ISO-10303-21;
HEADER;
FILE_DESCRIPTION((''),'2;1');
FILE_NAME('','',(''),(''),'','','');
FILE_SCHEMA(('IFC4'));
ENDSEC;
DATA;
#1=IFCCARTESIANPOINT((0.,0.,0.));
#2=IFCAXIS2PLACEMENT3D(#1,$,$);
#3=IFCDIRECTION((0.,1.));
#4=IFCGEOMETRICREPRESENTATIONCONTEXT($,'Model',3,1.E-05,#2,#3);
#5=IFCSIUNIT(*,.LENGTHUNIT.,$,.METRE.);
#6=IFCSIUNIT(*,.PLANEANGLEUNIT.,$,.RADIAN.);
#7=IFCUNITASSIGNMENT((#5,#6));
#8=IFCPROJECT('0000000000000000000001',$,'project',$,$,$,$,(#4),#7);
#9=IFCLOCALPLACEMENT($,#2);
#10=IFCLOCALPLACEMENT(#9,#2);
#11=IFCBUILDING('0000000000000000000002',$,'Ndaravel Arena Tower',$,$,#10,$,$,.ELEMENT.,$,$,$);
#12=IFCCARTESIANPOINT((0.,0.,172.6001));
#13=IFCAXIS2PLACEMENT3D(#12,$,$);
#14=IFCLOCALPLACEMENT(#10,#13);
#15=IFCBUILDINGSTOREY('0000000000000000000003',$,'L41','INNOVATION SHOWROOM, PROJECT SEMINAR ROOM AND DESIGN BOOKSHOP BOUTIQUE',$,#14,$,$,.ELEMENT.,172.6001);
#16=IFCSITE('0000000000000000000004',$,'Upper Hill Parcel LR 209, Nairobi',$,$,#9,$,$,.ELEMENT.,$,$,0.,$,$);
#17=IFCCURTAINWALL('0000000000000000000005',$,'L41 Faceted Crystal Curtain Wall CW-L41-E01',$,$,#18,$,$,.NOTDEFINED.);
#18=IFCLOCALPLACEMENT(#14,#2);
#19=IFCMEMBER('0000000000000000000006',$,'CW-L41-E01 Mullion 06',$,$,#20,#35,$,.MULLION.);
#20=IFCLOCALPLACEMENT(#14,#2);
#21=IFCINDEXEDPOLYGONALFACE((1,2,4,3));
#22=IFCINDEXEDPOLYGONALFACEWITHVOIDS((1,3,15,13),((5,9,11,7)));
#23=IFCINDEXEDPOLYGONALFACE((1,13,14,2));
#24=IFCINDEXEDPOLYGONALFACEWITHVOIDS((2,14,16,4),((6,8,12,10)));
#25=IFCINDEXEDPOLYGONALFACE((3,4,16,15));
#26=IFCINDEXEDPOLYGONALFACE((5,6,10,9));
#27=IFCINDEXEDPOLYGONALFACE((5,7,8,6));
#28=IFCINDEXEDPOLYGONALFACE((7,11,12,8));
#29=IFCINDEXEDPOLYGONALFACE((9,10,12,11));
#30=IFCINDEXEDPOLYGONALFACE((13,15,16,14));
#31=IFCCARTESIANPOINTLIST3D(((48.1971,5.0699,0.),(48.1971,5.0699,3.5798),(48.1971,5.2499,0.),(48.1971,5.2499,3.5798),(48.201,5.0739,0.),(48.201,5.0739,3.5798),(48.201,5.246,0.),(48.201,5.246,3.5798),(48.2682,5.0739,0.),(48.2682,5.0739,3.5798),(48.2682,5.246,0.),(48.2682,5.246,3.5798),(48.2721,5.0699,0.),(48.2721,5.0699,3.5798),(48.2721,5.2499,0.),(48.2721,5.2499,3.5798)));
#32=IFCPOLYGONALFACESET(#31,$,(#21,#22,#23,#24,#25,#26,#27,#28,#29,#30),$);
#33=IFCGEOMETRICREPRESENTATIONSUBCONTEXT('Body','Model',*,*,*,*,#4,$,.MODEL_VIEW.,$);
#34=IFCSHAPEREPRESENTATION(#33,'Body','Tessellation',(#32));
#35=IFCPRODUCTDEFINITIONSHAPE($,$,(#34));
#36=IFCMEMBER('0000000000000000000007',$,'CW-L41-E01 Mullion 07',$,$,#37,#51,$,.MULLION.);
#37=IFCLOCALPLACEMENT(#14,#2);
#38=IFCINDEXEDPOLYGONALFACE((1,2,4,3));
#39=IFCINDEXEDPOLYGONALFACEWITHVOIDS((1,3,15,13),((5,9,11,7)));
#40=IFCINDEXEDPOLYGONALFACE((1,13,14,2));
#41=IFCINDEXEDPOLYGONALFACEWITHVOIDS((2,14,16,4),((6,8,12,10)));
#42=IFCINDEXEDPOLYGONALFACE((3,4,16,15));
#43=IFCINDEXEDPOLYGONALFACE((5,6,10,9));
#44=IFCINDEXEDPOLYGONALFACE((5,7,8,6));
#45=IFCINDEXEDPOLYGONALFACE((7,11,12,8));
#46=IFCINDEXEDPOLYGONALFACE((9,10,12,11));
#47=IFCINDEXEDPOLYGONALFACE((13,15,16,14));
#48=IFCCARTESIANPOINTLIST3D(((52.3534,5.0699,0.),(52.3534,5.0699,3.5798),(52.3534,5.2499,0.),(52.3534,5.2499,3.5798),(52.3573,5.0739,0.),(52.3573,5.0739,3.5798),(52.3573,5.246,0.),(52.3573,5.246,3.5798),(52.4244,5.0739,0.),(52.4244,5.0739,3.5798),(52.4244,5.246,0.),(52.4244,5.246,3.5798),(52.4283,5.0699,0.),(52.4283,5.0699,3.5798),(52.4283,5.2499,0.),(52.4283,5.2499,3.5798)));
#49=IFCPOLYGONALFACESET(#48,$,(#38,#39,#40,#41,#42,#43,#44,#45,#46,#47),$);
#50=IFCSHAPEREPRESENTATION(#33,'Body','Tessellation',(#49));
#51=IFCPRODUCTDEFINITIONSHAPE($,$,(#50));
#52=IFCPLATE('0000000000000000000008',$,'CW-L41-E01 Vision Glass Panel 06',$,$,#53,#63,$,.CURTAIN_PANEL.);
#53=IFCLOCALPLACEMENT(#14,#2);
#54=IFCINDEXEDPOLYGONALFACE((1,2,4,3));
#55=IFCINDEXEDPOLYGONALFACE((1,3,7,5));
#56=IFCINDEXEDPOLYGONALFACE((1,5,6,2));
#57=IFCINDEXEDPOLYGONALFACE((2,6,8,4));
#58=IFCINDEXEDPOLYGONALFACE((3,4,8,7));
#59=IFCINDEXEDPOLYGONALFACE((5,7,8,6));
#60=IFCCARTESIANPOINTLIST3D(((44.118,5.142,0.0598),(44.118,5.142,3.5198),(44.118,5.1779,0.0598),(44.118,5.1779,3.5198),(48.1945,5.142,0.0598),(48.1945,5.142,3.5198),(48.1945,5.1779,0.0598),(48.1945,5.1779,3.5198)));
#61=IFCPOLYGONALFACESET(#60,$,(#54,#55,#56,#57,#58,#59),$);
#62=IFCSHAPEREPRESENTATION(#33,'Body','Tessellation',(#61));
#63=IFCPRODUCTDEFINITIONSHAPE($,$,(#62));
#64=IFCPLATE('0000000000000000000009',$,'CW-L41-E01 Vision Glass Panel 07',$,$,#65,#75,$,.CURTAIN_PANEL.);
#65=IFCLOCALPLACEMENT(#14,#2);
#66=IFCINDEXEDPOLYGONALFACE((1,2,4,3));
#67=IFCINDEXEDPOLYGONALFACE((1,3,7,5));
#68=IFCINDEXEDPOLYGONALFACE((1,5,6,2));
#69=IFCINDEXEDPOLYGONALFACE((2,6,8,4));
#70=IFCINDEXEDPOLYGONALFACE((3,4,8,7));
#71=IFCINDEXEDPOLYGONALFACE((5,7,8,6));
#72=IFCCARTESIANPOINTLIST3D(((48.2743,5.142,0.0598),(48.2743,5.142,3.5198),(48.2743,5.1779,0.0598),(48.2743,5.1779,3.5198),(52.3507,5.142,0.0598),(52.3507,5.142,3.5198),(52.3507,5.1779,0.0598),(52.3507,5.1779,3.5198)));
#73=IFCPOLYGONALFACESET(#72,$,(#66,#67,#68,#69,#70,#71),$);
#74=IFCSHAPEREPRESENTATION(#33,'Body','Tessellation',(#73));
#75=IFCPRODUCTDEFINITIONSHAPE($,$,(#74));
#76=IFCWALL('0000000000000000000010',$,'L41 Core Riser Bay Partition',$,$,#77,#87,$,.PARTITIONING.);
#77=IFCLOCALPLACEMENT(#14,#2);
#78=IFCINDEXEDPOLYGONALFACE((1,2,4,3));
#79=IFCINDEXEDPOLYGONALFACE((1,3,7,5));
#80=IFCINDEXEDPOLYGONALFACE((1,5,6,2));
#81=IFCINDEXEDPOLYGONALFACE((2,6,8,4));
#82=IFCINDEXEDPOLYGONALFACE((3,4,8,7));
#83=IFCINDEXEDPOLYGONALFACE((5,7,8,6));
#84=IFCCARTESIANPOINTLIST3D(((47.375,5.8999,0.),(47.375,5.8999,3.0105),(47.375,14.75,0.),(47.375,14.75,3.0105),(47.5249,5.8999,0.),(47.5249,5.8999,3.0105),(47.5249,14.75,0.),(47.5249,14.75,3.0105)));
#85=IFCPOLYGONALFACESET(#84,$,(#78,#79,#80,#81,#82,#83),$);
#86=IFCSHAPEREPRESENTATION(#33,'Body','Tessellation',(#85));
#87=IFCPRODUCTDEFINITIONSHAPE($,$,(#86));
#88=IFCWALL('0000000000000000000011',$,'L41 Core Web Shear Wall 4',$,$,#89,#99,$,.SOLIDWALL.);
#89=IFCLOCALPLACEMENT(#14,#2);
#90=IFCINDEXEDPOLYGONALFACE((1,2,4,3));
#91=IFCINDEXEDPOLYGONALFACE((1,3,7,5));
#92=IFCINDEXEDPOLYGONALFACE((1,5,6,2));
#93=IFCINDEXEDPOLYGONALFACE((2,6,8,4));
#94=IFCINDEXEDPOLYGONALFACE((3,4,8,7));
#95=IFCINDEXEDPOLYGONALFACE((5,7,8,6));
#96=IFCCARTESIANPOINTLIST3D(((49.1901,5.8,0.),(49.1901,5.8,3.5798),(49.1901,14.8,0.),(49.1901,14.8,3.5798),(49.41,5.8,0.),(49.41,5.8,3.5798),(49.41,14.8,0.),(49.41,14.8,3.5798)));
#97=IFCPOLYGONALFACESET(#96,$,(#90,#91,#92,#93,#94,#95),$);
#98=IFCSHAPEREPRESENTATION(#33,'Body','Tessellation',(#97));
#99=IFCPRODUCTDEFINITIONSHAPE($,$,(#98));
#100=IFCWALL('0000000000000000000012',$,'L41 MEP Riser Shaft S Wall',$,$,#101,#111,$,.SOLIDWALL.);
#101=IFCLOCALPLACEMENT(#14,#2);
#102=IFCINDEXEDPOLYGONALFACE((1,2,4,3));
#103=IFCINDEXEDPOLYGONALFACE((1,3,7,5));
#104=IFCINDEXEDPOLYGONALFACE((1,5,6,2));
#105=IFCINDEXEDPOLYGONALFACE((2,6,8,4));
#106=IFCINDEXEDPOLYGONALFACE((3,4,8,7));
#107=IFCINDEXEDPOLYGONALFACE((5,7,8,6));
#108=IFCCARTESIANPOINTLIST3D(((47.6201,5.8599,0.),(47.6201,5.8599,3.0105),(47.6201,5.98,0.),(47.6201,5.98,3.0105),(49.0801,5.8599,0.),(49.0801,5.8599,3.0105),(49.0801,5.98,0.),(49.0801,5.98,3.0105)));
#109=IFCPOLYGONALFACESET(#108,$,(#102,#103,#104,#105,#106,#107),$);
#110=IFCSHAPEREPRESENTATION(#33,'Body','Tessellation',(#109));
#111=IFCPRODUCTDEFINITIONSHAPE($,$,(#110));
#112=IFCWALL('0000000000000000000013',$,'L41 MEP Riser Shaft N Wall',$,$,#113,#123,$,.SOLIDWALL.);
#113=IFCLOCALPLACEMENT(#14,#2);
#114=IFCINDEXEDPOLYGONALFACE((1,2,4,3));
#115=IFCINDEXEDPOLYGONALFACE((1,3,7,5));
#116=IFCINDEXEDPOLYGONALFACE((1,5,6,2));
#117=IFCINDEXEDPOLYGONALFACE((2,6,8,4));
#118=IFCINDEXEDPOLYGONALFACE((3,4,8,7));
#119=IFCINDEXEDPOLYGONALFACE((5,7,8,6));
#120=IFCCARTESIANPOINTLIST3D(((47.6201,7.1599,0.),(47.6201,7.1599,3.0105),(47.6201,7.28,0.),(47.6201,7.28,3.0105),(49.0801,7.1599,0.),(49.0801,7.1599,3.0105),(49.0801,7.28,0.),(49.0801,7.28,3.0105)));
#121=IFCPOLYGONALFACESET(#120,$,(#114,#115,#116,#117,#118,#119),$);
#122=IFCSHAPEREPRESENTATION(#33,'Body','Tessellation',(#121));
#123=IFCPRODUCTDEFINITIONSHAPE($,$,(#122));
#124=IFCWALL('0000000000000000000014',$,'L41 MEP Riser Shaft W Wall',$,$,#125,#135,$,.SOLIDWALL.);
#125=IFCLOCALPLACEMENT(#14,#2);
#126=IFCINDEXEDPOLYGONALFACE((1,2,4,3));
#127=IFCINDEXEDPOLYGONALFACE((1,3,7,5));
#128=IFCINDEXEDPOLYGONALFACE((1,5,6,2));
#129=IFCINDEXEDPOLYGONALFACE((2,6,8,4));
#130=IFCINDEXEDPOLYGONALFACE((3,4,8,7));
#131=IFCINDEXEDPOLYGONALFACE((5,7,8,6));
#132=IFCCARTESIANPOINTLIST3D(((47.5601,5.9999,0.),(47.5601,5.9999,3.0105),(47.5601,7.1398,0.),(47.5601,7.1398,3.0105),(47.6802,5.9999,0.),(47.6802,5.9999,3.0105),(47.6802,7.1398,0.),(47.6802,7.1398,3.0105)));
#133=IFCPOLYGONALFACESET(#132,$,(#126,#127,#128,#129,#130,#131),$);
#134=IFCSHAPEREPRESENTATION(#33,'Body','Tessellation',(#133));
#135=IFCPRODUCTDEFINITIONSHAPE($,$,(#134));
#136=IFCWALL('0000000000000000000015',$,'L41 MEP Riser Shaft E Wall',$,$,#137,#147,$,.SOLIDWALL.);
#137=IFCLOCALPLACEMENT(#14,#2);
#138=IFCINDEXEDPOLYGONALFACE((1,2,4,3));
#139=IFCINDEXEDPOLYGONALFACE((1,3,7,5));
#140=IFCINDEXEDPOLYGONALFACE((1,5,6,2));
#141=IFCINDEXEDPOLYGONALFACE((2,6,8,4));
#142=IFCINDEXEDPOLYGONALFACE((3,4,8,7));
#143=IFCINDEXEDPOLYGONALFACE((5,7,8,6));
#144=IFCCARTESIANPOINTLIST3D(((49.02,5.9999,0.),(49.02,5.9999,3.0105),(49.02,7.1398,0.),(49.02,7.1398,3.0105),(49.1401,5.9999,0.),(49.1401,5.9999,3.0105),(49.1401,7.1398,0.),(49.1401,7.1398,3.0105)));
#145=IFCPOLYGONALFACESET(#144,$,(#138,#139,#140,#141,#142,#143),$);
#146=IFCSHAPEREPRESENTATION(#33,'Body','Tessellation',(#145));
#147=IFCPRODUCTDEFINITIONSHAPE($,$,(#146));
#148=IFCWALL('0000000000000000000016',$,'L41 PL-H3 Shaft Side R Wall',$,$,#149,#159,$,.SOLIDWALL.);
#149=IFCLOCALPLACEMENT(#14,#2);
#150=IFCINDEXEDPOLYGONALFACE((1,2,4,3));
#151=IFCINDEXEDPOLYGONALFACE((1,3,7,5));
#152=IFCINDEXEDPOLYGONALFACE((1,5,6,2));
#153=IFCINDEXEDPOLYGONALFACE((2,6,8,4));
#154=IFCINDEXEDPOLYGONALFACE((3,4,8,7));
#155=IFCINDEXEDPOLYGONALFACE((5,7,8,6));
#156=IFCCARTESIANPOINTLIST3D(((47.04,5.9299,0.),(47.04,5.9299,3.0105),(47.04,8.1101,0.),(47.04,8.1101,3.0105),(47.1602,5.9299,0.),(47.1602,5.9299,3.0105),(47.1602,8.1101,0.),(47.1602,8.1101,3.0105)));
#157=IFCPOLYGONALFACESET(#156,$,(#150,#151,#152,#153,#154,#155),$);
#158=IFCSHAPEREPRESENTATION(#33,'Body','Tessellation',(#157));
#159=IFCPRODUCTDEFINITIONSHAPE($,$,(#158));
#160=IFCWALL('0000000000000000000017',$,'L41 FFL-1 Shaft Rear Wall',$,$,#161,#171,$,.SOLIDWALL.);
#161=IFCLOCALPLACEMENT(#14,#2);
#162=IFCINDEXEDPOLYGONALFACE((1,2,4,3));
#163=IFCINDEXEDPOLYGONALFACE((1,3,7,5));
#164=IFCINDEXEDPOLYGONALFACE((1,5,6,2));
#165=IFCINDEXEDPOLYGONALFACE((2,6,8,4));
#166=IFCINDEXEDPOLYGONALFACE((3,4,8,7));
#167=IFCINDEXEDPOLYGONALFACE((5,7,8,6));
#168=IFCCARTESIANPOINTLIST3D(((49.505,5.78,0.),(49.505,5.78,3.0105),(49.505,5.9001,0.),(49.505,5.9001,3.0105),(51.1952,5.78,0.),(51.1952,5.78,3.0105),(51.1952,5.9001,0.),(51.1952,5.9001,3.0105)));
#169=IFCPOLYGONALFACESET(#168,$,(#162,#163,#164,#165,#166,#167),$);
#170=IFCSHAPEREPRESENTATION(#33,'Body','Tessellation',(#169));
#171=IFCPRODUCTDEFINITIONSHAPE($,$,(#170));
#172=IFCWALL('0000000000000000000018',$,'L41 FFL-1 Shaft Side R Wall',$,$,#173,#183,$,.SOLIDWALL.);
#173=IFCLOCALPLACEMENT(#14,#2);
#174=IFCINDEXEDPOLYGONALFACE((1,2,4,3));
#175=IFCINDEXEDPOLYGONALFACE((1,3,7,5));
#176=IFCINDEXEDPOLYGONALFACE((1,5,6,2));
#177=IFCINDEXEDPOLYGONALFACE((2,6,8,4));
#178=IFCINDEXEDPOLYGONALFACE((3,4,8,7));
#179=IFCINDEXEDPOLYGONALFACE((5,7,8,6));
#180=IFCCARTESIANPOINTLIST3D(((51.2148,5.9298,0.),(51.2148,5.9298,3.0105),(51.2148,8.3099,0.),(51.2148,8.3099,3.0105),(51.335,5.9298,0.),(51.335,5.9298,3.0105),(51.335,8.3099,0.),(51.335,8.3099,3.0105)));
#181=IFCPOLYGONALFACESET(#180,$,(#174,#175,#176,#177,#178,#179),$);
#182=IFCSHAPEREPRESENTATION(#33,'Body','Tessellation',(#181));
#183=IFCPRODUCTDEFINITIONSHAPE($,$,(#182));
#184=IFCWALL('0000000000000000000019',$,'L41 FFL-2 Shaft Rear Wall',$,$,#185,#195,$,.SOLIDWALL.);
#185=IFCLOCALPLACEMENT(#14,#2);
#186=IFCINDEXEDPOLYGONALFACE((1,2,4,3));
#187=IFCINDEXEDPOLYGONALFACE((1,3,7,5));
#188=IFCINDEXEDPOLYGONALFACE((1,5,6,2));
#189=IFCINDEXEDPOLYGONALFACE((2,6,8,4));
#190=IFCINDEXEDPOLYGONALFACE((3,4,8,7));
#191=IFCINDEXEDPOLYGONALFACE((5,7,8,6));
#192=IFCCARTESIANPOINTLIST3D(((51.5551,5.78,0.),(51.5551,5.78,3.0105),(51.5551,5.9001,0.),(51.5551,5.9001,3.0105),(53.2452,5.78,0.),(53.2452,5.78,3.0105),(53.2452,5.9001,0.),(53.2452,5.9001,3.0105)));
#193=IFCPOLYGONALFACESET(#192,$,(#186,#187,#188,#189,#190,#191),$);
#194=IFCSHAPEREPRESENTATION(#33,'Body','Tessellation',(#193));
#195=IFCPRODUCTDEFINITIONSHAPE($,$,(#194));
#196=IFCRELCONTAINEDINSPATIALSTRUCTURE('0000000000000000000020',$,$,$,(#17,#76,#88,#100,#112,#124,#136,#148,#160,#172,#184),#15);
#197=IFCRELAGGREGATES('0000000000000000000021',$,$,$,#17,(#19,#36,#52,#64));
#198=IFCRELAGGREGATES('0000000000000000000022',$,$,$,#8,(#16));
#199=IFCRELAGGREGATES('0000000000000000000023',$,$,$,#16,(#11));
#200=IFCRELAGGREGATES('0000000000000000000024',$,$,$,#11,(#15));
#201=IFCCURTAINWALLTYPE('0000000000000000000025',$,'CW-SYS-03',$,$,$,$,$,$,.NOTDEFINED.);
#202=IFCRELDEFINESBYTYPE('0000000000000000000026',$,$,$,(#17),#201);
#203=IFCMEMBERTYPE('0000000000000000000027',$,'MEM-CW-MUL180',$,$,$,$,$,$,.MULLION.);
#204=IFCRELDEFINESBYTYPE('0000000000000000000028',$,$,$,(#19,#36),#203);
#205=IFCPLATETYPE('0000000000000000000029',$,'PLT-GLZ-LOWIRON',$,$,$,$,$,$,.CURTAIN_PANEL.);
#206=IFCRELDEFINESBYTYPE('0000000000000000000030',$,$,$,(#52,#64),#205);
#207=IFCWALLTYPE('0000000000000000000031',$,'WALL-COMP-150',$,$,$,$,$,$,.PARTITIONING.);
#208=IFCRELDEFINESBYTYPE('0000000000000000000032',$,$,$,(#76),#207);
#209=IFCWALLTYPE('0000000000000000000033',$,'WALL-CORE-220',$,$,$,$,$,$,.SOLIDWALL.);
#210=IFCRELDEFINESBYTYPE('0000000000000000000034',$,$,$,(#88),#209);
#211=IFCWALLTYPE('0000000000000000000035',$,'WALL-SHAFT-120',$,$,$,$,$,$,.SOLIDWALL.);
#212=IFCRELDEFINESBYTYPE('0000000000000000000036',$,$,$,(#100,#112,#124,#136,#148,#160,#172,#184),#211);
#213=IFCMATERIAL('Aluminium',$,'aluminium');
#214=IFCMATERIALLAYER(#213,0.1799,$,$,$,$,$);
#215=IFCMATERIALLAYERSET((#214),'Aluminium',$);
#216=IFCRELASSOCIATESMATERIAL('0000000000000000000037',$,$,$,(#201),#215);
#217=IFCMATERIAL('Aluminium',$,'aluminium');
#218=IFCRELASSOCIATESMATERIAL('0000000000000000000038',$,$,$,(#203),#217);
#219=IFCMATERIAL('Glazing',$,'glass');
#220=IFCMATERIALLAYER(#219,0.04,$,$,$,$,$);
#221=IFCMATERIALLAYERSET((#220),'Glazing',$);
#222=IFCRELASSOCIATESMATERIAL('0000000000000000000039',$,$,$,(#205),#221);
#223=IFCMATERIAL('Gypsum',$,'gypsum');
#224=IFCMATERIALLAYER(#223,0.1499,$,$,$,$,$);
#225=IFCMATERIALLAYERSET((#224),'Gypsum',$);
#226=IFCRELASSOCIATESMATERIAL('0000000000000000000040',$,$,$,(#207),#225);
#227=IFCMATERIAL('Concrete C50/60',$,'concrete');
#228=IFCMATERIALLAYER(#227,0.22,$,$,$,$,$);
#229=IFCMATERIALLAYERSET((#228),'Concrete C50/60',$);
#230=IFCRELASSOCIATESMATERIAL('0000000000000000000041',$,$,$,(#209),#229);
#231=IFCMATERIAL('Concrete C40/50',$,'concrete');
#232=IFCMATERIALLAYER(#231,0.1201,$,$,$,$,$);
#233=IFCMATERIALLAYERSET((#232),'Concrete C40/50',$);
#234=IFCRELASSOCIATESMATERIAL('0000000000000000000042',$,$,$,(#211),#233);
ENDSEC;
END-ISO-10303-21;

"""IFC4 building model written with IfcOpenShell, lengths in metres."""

from ifc_helpers import new_model, si_unit, direction, frame, frame_2d, origin, origin_2d, place, context, subcontext, project, spatial, rectangle, hollow_rectangle, extrude, material, layer, layer_set, material_profile, profile_set, type_object, element, aggregate, save


model = new_model("IFC4")

# Units and contexts
model_context = context("Model", 3, precision=1e-05, world=origin(), true_north=direction((0.0, 1.0)))
body_context = subcontext(model_context, "Body", "Model", "MODEL_VIEW")
ifc_project = project(units=[si_unit("LENGTHUNIT", "METRE"), si_unit("PLANEANGLEUNIT", "RADIAN")], contexts=[model_context])

# Site, building, storey
site_placement = place(None, origin())
site = spatial("IfcSite", under=ifc_project, at=site_placement, Name="Upper Hill Parcel LR 209, Nairobi", CompositionType="ELEMENT", RefElevation=0.0)
building_placement = place(site_placement, origin())
building = spatial("IfcBuilding", under=site, at=building_placement, Name="Ndaravel Arena Tower", CompositionType="ELEMENT")
storey_placement = place(building_placement, frame((0.0, 0.0, 172.6001)))
storey = spatial("IfcBuildingStorey", under=building, at=storey_placement, Name="L41", Description="INNOVATION SHOWROOM, PROJECT SEMINAR ROOM AND DESIGN BOOKSHOP BOUTIQUE", CompositionType="ELEMENT", Elevation=172.6001)

# Curtain wall, members, plates
ifc_material_1 = material(Name="Aluminium", Category="aluminium")
ifc_layer_1 = layer(ifc_material_1, 0.1799)
ifc_layer_set_1 = layer_set([ifc_layer_1], Name="Aluminium")
curtain_wall_type = type_object("IfcCurtainWallType", Name="CW-SYS-03", PredefinedType="NOTDEFINED", material=ifc_layer_set_1)
curtain_wall_placement = place(storey_placement, origin())
curtain_wall = element("IfcCurtainWall", 1, at=curtain_wall_placement, inside=storey, type_object=curtain_wall_type, Name="L41 Faceted Crystal Curtain Wall CW-L41-E01", PredefinedType="NOTDEFINED")
ifc_material_2 = material(Name="Aluminium", Category="aluminium")
ifc_material_profile = material_profile(ifc_material_2, hollow_rectangle(XDim=0.075, YDim=0.1799, WallThickness=0.0039, at=origin_2d()), Name="CW MULLION 75x180x4")
ifc_profile_set = profile_set([ifc_material_profile], Name="Aluminium")
member_type = type_object("IfcMemberType", Name="MEM-CW-MUL180", PredefinedType="MULLION", material=ifc_profile_set)
member_1_placement = place(storey_placement, frame((48.2346, 5.1599, 0.0), z_axis=(0.0, 0.0, 1.0), x_axis=(1.0, 0.0, 0.0)))
member_1 = element("IfcMember", 2, at=member_1_placement, type_object=member_type, Name="CW-L41-E01 Mullion 06", PredefinedType="MULLION", context=body_context, shape_type="SweptSolid", body=[
    extrude(hollow_rectangle(XDim=0.075, YDim=0.1799, WallThickness=0.0039, at=origin_2d()), origin(), (0.0, 0.0, 1.0), 3.5798),
])
member_2_placement = place(storey_placement, frame((52.3909, 5.1599, 0.0), z_axis=(0.0, 0.0, 1.0), x_axis=(1.0, 0.0, 0.0)))
member_2 = element("IfcMember", 3, at=member_2_placement, type_object=member_type, Name="CW-L41-E01 Mullion 07", PredefinedType="MULLION", context=body_context, shape_type="SweptSolid", body=[
    extrude(hollow_rectangle(XDim=0.075, YDim=0.1799, WallThickness=0.0039, at=origin_2d()), origin(), (0.0, 0.0, 1.0), 3.5798),
])
ifc_material_3 = material(Name="Glazing", Category="glass")
ifc_layer_2 = layer(ifc_material_3, 0.04)
ifc_layer_set_2 = layer_set([ifc_layer_2], Name="Glazing")
plate_type = type_object("IfcPlateType", Name="PLT-GLZ-LOWIRON", PredefinedType="CURTAIN_PANEL", material=ifc_layer_set_2)
plate_1_placement = place(storey_placement, frame((46.1562, 5.1599, 0.0598), z_axis=(0.0, 0.0, 1.0), x_axis=(1.0, 0.0, 0.0)))
plate_1 = element("IfcPlate", 4, at=plate_1_placement, type_object=plate_type, Name="CW-L41-E01 Vision Glass Panel 06", PredefinedType="CURTAIN_PANEL", context=body_context, shape_type="SweptSolid", body=[
    extrude(rectangle(XDim=4.0764, YDim=0.0359, at=origin_2d()), origin(), (0.0, 0.0, 1.0), 3.46),
])
plate_2_placement = place(storey_placement, frame((50.3125, 5.1599, 0.0598), z_axis=(0.0, 0.0, 1.0), x_axis=(1.0, 0.0, 0.0)))
plate_2 = element("IfcPlate", 5, at=plate_2_placement, type_object=plate_type, Name="CW-L41-E01 Vision Glass Panel 07", PredefinedType="CURTAIN_PANEL", context=body_context, shape_type="SweptSolid", body=[
    extrude(rectangle(XDim=4.0764, YDim=0.0359, at=origin_2d()), origin(), (0.0, 0.0, 1.0), 3.46),
])
aggregate(curtain_wall, [member_1, member_2, plate_1, plate_2])

# Walls
ifc_material_4 = material(Name="Gypsum", Category="gypsum")
ifc_layer_3 = layer(ifc_material_4, 0.1499)
ifc_layer_set_3 = layer_set([ifc_layer_3], Name="Gypsum")
wall_type_1 = type_object("IfcWallType", Name="WALL-COMP-150", PredefinedType="PARTITIONING", material=ifc_layer_set_3)
wall_1_placement = place(storey_placement, frame((47.45, 5.8999, 0.0), z_axis=(0.0, 0.0, 1.0), x_axis=(0.0, 1.0, 0.0)))
element("IfcWall", 6, at=wall_1_placement, inside=storey, type_object=wall_type_1, Name="L41 Core Riser Bay Partition", PredefinedType="PARTITIONING", context=body_context, shape_type="SweptSolid", body=[
    extrude(rectangle(XDim=8.8501, YDim=0.1499, at=frame_2d((4.425, 0.0))), origin(), (0.0, 0.0, 1.0), 3.0105),
])
ifc_material_5 = material(Name="Concrete C50/60", Category="concrete")
ifc_layer_4 = layer(ifc_material_5, 0.22)
ifc_layer_set_4 = layer_set([ifc_layer_4], Name="Concrete C50/60")
wall_type_2 = type_object("IfcWallType", Name="WALL-CORE-220", PredefinedType="SOLIDWALL", material=ifc_layer_set_4)
wall_2_placement = place(storey_placement, frame((49.3, 5.8, 0.0), z_axis=(0.0, 0.0, 1.0), x_axis=(0.0, 1.0, 0.0)))
element("IfcWall", 7, at=wall_2_placement, inside=storey, type_object=wall_type_2, Name="L41 Core Web Shear Wall 4", PredefinedType="SOLIDWALL", context=body_context, shape_type="SweptSolid", body=[
    extrude(rectangle(XDim=9.0, YDim=0.22, at=frame_2d((4.5, 0.0))), origin(), (0.0, 0.0, 1.0), 3.5798),
])
ifc_material_6 = material(Name="Concrete C40/50", Category="concrete")
ifc_layer_5 = layer(ifc_material_6, 0.1201)
ifc_layer_set_5 = layer_set([ifc_layer_5], Name="Concrete C40/50")
wall_type_3 = type_object("IfcWallType", Name="WALL-SHAFT-120", PredefinedType="SOLIDWALL", material=ifc_layer_set_5)
for number, where, z_axis, x_axis, name in (
    (8, (47.6201, 5.9199, 0.0), (0.0, 0.0, 1.0), (1.0, 0.0, 0.0), "L41 MEP Riser Shaft S Wall"),
    (9, (47.6201, 7.22, 0.0), (0.0, 0.0, 1.0), (1.0, 0.0, 0.0), "L41 MEP Riser Shaft N Wall"),
):
    element("IfcWall", number, at=place(storey_placement, frame(where, z_axis=z_axis, x_axis=x_axis)), inside=storey, type_object=wall_type_3, Name=name, PredefinedType="SOLIDWALL", context=body_context, shape_type="SweptSolid", body=[
        extrude(rectangle(XDim=1.46, YDim=0.1201, at=frame_2d((0.73, 0.0))), origin(), (0.0, 0.0, 1.0), 3.0105),
    ])
for number, where, z_axis, x_axis, name in (
    (10, (47.6201, 6.0, 0.0), (0.0, 0.0, 1.0), (0.0, 1.0, 0.0), "L41 MEP Riser Shaft W Wall"),
    (11, (49.0801, 6.0, 0.0), (0.0, 0.0, 1.0), (0.0, 1.0, 0.0), "L41 MEP Riser Shaft E Wall"),
):
    element("IfcWall", number, at=place(storey_placement, frame(where, z_axis=z_axis, x_axis=x_axis)), inside=storey, type_object=wall_type_3, Name=name, PredefinedType="SOLIDWALL", context=body_context, shape_type="SweptSolid", body=[
        extrude(rectangle(XDim=1.1399, YDim=0.1201, at=frame_2d((0.5698, 0.0))), origin(), (0.0, 0.0, 1.0), 3.0105),
    ])
wall_3_placement = place(storey_placement, frame((47.1001, 5.9299, 0.0), z_axis=(0.0, 0.0, 1.0), x_axis=(0.0, 1.0, 0.0)))
element("IfcWall", 12, at=wall_3_placement, inside=storey, type_object=wall_type_3, Name="L41 PL-H3 Shaft Side R Wall", PredefinedType="SOLIDWALL", context=body_context, shape_type="SweptSolid", body=[
    extrude(rectangle(XDim=2.1802, YDim=0.1201, at=frame_2d((1.0901, 0.0))), origin(), (0.0, 0.0, 1.0), 3.0105),
])
wall_4_placement = place(storey_placement, frame((49.5049, 5.8401, 0.0), z_axis=(0.0, 0.0, 1.0), x_axis=(1.0, 0.0, 0.0)))
element("IfcWall", 13, at=wall_4_placement, inside=storey, type_object=wall_type_3, Name="L41 FFL-1 Shaft Rear Wall", PredefinedType="SOLIDWALL", context=body_context, shape_type="SweptSolid", body=[
    extrude(rectangle(XDim=1.6902, YDim=0.1201, at=frame_2d((0.8452, 0.0))), origin(), (0.0, 0.0, 1.0), 3.0105),
])
wall_5_placement = place(storey_placement, frame((51.2749, 5.9299, 0.0), z_axis=(0.0, 0.0, 1.0), x_axis=(0.0, 1.0, 0.0)))
element("IfcWall", 14, at=wall_5_placement, inside=storey, type_object=wall_type_3, Name="L41 FFL-1 Shaft Side R Wall", PredefinedType="SOLIDWALL", context=body_context, shape_type="SweptSolid", body=[
    extrude(rectangle(XDim=2.3801, YDim=0.1201, at=frame_2d((1.1899, 0.0))), origin(), (0.0, 0.0, 1.0), 3.0105),
])
wall_6_placement = place(storey_placement, frame((51.5549, 5.8401, 0.0), z_axis=(0.0, 0.0, 1.0), x_axis=(1.0, 0.0, 0.0)))
element("IfcWall", 15, at=wall_6_placement, inside=storey, type_object=wall_type_3, Name="L41 FFL-2 Shaft Rear Wall", PredefinedType="SOLIDWALL", context=body_context, shape_type="SweptSolid", body=[
    extrude(rectangle(XDim=1.6902, YDim=0.1201, at=frame_2d((0.8452, 0.0))), origin(), (0.0, 0.0, 1.0), 3.0105),
])

save(model, "model.ifc")
